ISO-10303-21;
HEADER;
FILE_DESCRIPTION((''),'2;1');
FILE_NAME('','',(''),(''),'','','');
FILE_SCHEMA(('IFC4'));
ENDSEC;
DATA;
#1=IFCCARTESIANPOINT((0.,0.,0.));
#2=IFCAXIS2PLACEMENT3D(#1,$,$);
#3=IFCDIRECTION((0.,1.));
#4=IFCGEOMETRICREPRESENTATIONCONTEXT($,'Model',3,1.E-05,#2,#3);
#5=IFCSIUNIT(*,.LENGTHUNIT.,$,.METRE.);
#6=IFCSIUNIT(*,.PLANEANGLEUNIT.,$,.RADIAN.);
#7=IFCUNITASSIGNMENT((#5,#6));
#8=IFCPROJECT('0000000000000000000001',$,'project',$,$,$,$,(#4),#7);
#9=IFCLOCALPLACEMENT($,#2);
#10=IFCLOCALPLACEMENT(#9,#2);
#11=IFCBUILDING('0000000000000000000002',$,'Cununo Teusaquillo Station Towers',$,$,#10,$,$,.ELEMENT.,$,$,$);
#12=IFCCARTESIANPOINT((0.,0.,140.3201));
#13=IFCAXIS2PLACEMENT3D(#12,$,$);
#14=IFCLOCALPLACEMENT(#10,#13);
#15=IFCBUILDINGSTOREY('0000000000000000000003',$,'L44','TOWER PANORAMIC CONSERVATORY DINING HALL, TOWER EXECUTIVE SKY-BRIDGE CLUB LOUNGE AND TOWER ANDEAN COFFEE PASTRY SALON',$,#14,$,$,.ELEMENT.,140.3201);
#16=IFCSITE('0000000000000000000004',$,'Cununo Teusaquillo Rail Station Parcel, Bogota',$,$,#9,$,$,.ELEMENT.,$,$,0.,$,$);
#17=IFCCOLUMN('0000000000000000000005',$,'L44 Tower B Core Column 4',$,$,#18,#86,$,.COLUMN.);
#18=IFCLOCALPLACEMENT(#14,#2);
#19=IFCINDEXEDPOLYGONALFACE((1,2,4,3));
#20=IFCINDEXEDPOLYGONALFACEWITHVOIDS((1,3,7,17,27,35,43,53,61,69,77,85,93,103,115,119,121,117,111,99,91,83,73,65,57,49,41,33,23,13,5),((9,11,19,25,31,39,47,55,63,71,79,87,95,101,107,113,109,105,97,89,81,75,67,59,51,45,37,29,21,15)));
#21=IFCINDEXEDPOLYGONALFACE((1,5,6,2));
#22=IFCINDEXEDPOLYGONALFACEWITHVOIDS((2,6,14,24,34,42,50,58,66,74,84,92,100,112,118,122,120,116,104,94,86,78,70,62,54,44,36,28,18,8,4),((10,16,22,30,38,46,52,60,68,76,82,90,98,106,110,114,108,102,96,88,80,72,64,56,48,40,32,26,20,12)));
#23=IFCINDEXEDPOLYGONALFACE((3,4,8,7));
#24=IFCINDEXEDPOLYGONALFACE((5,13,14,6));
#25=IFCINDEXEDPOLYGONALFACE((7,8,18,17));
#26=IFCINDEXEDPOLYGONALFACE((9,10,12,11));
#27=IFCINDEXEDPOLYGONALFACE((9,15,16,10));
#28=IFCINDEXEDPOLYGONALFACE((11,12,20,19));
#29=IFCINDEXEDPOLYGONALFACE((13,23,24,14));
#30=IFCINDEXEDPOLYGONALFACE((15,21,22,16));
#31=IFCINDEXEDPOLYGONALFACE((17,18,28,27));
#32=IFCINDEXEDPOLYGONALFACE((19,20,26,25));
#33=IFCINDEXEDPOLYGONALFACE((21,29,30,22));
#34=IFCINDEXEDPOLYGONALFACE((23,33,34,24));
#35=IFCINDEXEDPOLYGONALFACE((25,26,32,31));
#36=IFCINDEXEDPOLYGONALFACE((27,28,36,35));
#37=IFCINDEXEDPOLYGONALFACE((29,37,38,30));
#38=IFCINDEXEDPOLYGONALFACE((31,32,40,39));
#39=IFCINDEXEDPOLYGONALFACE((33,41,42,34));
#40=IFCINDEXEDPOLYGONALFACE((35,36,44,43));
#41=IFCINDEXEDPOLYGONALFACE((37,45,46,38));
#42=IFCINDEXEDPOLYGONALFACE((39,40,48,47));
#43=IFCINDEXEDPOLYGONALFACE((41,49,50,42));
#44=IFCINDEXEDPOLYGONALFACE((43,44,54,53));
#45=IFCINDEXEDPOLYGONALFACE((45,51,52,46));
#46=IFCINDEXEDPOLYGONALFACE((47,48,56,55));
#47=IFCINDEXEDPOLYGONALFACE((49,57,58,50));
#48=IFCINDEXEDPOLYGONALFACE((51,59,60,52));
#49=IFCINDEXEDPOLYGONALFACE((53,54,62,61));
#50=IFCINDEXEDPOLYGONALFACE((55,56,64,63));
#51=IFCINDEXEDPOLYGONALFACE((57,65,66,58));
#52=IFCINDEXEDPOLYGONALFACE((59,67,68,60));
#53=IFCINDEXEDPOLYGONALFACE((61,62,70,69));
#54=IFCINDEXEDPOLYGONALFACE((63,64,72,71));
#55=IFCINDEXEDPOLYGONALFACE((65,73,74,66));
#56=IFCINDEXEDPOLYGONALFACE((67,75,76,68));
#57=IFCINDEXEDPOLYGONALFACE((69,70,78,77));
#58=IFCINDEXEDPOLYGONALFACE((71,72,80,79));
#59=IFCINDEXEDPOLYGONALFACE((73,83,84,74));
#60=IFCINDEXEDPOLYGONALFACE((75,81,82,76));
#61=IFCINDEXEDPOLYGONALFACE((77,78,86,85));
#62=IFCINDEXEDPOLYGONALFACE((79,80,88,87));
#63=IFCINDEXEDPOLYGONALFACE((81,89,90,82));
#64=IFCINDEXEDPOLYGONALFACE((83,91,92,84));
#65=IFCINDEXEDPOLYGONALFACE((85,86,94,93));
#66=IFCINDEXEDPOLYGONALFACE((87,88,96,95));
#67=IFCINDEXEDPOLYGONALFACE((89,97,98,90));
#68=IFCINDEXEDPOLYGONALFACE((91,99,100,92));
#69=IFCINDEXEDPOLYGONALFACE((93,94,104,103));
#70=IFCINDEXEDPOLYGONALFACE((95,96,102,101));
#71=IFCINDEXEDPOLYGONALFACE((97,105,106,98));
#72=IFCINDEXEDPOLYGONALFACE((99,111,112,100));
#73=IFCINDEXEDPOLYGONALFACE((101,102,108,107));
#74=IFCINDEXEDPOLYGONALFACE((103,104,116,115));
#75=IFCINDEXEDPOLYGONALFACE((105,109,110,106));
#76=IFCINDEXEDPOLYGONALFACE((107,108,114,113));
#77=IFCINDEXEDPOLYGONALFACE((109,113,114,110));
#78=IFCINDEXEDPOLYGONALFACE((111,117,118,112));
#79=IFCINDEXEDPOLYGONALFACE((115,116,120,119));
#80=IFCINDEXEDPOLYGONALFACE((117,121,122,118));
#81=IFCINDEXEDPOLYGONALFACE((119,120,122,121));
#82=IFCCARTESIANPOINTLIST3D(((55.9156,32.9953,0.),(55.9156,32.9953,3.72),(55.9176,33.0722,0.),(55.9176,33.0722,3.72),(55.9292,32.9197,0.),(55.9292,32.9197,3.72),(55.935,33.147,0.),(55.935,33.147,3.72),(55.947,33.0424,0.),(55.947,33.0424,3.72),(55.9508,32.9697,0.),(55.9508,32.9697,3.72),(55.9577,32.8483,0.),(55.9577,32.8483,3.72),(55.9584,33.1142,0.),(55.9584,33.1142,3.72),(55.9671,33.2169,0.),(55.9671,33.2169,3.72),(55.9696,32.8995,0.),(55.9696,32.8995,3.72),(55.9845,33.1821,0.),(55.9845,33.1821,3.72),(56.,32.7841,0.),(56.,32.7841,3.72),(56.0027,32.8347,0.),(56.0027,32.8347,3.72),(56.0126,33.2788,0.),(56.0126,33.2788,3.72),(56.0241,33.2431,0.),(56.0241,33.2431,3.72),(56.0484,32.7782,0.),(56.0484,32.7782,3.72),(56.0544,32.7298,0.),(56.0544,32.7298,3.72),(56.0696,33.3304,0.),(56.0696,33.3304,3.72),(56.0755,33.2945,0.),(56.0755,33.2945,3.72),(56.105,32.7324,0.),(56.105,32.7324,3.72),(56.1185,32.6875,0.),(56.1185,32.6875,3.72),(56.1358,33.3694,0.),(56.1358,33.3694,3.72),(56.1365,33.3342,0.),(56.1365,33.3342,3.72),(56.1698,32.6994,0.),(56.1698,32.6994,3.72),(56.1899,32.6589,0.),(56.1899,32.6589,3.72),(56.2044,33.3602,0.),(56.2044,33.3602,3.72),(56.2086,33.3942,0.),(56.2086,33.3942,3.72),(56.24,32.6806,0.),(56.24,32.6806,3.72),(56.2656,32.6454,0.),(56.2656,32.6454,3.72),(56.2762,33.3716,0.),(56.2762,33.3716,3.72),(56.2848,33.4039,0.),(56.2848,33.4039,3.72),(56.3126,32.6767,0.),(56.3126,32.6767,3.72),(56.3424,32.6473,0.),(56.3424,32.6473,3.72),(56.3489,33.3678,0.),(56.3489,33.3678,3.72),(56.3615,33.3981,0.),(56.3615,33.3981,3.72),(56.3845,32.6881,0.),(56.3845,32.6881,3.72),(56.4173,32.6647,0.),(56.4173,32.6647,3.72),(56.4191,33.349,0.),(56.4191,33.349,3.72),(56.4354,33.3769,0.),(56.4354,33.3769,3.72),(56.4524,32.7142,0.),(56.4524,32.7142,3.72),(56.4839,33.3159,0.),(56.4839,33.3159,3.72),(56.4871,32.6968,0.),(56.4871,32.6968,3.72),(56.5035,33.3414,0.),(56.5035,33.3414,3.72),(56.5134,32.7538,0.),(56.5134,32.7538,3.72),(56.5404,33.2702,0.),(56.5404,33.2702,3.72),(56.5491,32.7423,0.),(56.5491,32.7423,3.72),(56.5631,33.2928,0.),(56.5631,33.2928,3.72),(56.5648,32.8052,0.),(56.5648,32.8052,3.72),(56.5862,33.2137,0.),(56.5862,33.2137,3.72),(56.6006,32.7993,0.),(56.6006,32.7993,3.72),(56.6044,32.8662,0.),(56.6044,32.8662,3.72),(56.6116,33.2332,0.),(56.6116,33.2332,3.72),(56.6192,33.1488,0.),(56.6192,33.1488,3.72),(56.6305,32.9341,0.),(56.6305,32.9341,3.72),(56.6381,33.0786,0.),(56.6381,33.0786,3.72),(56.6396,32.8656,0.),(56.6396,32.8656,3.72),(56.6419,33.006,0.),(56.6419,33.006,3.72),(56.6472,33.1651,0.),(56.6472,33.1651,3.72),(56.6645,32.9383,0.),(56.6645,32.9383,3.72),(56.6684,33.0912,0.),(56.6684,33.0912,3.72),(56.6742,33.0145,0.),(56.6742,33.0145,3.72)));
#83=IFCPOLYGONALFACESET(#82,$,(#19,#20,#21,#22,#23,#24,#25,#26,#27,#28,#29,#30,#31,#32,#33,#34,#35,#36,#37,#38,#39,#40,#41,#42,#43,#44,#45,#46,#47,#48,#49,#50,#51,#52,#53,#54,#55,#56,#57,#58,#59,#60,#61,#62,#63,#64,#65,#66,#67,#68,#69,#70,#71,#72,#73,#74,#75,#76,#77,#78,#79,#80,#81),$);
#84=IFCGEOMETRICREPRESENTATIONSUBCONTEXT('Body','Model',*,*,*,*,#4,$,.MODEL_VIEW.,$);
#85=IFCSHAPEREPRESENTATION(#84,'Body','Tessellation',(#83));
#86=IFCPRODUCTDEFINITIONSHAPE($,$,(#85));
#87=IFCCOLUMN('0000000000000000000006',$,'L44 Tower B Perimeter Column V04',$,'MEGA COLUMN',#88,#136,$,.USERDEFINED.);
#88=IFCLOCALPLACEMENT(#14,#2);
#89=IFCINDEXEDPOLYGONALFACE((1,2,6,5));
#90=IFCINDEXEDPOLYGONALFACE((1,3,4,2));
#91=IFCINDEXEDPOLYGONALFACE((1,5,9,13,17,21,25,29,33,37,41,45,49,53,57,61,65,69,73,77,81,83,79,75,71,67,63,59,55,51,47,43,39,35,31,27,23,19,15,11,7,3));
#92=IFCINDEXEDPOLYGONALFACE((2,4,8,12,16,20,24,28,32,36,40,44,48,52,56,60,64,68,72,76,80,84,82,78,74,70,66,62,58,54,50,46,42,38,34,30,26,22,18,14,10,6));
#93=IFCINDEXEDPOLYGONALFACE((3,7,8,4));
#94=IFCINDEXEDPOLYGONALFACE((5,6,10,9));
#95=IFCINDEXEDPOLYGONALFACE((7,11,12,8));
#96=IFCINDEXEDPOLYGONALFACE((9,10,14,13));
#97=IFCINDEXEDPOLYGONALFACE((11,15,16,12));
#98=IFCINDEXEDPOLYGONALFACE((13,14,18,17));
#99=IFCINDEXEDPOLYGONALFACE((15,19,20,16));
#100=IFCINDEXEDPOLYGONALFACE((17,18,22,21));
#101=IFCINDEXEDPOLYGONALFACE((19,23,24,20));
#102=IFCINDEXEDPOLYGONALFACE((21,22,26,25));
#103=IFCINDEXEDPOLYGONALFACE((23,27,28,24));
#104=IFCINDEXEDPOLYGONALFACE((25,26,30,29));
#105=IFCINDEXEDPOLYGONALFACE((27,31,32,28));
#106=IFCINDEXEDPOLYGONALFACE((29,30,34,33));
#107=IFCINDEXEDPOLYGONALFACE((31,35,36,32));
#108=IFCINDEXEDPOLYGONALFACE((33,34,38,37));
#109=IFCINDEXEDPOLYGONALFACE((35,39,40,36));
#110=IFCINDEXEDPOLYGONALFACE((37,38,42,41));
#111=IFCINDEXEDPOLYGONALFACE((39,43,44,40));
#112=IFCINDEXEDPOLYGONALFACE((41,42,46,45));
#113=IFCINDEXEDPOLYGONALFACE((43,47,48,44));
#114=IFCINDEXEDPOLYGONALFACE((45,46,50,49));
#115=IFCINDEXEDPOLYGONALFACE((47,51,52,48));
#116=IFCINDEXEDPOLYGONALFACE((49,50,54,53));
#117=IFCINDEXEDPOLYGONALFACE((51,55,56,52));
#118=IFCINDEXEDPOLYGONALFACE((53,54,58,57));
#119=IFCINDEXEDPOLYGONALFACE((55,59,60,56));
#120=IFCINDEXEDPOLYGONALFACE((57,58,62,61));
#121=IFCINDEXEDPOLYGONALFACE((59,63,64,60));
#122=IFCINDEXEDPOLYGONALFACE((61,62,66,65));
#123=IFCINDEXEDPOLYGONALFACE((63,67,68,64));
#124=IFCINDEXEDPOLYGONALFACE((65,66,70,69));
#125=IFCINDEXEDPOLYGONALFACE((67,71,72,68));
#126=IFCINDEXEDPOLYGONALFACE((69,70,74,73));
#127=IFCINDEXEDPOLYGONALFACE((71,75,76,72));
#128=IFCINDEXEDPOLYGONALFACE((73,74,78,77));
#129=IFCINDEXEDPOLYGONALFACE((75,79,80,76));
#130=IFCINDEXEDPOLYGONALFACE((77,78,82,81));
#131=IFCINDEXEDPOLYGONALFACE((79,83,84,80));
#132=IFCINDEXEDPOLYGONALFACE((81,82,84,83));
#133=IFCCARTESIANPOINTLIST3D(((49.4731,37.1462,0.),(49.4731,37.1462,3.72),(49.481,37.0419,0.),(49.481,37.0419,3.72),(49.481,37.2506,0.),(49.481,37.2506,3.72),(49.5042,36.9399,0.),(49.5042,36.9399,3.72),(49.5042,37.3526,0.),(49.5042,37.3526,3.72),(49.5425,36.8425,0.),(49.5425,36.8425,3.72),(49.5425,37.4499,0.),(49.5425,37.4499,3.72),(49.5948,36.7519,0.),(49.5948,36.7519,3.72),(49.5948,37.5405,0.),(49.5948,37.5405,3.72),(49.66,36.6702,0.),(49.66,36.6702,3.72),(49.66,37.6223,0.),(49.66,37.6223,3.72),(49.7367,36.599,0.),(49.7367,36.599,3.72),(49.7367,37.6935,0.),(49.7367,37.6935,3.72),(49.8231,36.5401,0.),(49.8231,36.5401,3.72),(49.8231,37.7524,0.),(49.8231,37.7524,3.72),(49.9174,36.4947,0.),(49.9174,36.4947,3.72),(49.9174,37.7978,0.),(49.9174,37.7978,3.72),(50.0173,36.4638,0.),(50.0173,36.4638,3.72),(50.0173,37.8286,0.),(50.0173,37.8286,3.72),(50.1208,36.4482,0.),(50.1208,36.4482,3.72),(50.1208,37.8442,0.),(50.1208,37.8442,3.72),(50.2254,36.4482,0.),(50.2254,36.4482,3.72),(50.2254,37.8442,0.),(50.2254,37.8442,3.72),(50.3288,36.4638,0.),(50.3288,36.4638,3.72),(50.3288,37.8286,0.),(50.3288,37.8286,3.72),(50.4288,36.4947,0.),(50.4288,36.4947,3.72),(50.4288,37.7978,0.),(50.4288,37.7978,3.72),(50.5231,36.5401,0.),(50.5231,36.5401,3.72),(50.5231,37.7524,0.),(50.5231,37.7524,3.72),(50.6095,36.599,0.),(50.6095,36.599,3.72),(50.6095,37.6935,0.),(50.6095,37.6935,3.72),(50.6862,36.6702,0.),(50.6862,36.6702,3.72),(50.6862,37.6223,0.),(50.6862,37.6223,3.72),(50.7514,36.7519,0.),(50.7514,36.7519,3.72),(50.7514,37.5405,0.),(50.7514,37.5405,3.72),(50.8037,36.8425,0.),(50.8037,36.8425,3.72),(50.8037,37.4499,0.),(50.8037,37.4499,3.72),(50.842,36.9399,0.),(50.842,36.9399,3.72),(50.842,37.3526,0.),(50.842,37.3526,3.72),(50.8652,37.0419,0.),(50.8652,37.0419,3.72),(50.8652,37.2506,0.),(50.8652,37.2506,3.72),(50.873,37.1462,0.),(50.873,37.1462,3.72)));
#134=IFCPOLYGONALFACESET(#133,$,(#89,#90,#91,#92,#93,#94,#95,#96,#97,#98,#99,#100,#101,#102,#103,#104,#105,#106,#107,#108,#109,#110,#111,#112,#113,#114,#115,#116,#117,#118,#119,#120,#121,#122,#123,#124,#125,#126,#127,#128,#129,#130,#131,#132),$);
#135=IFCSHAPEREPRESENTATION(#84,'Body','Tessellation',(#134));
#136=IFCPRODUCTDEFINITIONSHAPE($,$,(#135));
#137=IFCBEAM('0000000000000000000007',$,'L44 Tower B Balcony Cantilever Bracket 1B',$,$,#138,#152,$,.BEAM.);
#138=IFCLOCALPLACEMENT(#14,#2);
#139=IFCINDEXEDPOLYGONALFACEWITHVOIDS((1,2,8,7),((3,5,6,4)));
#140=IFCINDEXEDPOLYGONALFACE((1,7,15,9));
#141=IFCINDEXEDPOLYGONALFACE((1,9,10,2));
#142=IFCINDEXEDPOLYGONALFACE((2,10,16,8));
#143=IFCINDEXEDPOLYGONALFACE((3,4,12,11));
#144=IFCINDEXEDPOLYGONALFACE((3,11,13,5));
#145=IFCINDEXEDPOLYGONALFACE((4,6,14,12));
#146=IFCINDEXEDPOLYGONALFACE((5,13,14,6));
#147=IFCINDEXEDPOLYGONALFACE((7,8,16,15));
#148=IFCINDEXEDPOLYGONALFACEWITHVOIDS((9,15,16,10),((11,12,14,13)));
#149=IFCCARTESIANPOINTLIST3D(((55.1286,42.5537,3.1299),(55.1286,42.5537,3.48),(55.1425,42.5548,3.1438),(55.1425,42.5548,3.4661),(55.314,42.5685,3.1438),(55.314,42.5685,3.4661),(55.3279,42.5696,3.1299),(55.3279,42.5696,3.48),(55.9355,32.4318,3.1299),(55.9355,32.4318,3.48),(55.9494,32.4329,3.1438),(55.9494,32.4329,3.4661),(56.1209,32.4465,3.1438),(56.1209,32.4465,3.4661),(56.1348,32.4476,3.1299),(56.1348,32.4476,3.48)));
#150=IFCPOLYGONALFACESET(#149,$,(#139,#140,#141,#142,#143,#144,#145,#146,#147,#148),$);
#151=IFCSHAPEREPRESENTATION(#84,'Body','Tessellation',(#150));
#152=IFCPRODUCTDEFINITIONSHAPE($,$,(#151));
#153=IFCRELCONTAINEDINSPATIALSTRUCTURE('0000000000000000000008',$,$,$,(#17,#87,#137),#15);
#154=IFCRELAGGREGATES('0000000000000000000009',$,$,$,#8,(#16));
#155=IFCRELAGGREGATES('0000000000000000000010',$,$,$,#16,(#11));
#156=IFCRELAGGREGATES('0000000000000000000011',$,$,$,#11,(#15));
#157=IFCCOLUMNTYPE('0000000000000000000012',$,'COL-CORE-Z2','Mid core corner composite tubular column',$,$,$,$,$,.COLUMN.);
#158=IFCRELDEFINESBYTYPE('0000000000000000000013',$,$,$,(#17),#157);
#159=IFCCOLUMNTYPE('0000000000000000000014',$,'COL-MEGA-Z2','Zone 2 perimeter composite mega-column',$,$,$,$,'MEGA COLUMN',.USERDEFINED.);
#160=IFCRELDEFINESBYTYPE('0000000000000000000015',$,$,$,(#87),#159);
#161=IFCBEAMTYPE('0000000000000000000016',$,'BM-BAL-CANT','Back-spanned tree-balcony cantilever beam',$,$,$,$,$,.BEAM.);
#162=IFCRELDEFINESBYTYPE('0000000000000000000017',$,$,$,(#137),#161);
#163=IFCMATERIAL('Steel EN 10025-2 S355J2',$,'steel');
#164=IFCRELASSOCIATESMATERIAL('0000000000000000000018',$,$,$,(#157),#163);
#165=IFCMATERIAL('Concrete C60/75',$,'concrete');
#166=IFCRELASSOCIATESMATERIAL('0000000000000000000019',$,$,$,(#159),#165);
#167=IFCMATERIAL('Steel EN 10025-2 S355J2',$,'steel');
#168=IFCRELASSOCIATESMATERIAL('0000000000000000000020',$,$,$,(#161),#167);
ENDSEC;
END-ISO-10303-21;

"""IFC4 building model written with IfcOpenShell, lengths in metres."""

from ifc_helpers import new_model, si_unit, direction, frame, origin, origin_2d, place, context, subcontext, project, spatial, hollow_rectangle, circle, hollow_circle, extrude, material, material_profile, profile_set, type_object, element, save


model = new_model("IFC4")

# Units and contexts
model_context = context("Model", 3, precision=1e-05, world=origin(), true_north=direction((0.0, 1.0)))
body_context = subcontext(model_context, "Body", "Model", "MODEL_VIEW")
ifc_project = project(units=[si_unit("LENGTHUNIT", "METRE"), si_unit("PLANEANGLEUNIT", "RADIAN")], contexts=[model_context])

# Site, building, storey
site_placement = place(None, origin())
site = spatial("IfcSite", under=ifc_project, at=site_placement, Name="Cununo Teusaquillo Rail Station Parcel, Bogota", CompositionType="ELEMENT", RefElevation=0.0)
building_placement = place(site_placement, origin())
building = spatial("IfcBuilding", under=site, at=building_placement, Name="Cununo Teusaquillo Station Towers", CompositionType="ELEMENT")
storey_placement = place(building_placement, frame((0.0, 0.0, 140.3201)))
storey = spatial("IfcBuildingStorey", under=building, at=storey_placement, Name="L44", Description="TOWER PANORAMIC CONSERVATORY DINING HALL, TOWER EXECUTIVE SKY-BRIDGE CLUB LOUNGE AND TOWER ANDEAN COFFEE PASTRY SALON", CompositionType="ELEMENT", Elevation=140.3201)

# Columns
ifc_material_1 = material(Name="Steel EN 10025-2 S355J2", Category="steel")
ifc_material_profile_1 = material_profile(ifc_material_1, hollow_circle(Radius=0.3799, WallThickness=0.032, at=origin_2d()), Name="CHS 760x32")
ifc_profile_set_1 = profile_set([ifc_material_profile_1], Name="Steel EN 10025-2 S355J2")
column_type_1 = type_object("IfcColumnType", Name="COL-CORE-Z2", Description="Mid core corner composite tubular column", PredefinedType="COLUMN", material=ifc_profile_set_1)
column_1_placement = place(storey_placement, frame((56.2944, 33.0242, 0.0), z_axis=(0.0, 0.0, 1.0), x_axis=(0.707107, 0.707107, 0.0)))
element("IfcColumn", 1, at=column_1_placement, inside=storey, type_object=column_type_1, Name="L44 Tower B Core Column 4", PredefinedType="COLUMN", context=body_context, shape_type="SweptSolid", body=[
    extrude(hollow_circle(Radius=0.3799, WallThickness=0.032, at=origin_2d()), origin(), (0.0, 0.0, 1.0), 3.72),
])
ifc_material_2 = material(Name="Concrete C60/75", Category="concrete")
ifc_material_profile_2 = material_profile(ifc_material_2, circle(Radius=0.7, at=origin_2d()), Name="RC-CIRC-1400")
ifc_profile_set_2 = profile_set([ifc_material_profile_2], Name="Concrete C60/75")
column_type_2 = type_object("IfcColumnType", Name="COL-MEGA-Z2", Description="Zone 2 perimeter composite mega-column", ElementType="MEGA COLUMN", PredefinedType="USERDEFINED", material=ifc_profile_set_2)
column_2_placement = place(storey_placement, frame((50.1731, 37.1462, 0.0), z_axis=(0.0, 0.0, 1.0), x_axis=(1.0, 0.0, 0.0)))
element("IfcColumn", 2, at=column_2_placement, inside=storey, type_object=column_type_2, Name="L44 Tower B Perimeter Column V04", ObjectType="MEGA COLUMN", PredefinedType="USERDEFINED", context=body_context, shape_type="SweptSolid", body=[
    extrude(circle(Radius=0.7, at=origin_2d()), origin(), (0.0, 0.0, 1.0), 3.72),
])

# Beam
ifc_material_3 = material(Name="Steel EN 10025-2 S355J2", Category="steel")
ifc_material_profile_3 = material_profile(ifc_material_3, hollow_rectangle(XDim=0.2, YDim=0.3501, WallThickness=0.0139, at=origin_2d()), Name="RHS 350x200x14")
ifc_profile_set_3 = profile_set([ifc_material_profile_3], Name="Steel EN 10025-2 S355J2")
beam_type_1 = type_object("IfcBeamType", Name="BM-BAL-CANT", Description="Back-spanned tree-balcony cantilever beam", PredefinedType="BEAM", material=ifc_profile_set_3)
beam_1_placement = place(storey_placement, frame((56.0352, 32.4397, 3.3049), z_axis=(-0.079465, 0.996838, 0.0), x_axis=(-0.996838, -0.079465, 0.0)))
element("IfcBeam", 3, at=beam_1_placement, inside=storey, type_object=beam_type_1, Name="L44 Tower B Balcony Cantilever Bracket 1B", PredefinedType="BEAM", context=body_context, shape_type="SweptSolid", body=[
    extrude(hollow_rectangle(XDim=0.2, YDim=0.3501, WallThickness=0.0139, at=origin_2d()), origin(), (0.0, 0.0, 1.0), 10.1541),
])

save(model, "model.ifc")
